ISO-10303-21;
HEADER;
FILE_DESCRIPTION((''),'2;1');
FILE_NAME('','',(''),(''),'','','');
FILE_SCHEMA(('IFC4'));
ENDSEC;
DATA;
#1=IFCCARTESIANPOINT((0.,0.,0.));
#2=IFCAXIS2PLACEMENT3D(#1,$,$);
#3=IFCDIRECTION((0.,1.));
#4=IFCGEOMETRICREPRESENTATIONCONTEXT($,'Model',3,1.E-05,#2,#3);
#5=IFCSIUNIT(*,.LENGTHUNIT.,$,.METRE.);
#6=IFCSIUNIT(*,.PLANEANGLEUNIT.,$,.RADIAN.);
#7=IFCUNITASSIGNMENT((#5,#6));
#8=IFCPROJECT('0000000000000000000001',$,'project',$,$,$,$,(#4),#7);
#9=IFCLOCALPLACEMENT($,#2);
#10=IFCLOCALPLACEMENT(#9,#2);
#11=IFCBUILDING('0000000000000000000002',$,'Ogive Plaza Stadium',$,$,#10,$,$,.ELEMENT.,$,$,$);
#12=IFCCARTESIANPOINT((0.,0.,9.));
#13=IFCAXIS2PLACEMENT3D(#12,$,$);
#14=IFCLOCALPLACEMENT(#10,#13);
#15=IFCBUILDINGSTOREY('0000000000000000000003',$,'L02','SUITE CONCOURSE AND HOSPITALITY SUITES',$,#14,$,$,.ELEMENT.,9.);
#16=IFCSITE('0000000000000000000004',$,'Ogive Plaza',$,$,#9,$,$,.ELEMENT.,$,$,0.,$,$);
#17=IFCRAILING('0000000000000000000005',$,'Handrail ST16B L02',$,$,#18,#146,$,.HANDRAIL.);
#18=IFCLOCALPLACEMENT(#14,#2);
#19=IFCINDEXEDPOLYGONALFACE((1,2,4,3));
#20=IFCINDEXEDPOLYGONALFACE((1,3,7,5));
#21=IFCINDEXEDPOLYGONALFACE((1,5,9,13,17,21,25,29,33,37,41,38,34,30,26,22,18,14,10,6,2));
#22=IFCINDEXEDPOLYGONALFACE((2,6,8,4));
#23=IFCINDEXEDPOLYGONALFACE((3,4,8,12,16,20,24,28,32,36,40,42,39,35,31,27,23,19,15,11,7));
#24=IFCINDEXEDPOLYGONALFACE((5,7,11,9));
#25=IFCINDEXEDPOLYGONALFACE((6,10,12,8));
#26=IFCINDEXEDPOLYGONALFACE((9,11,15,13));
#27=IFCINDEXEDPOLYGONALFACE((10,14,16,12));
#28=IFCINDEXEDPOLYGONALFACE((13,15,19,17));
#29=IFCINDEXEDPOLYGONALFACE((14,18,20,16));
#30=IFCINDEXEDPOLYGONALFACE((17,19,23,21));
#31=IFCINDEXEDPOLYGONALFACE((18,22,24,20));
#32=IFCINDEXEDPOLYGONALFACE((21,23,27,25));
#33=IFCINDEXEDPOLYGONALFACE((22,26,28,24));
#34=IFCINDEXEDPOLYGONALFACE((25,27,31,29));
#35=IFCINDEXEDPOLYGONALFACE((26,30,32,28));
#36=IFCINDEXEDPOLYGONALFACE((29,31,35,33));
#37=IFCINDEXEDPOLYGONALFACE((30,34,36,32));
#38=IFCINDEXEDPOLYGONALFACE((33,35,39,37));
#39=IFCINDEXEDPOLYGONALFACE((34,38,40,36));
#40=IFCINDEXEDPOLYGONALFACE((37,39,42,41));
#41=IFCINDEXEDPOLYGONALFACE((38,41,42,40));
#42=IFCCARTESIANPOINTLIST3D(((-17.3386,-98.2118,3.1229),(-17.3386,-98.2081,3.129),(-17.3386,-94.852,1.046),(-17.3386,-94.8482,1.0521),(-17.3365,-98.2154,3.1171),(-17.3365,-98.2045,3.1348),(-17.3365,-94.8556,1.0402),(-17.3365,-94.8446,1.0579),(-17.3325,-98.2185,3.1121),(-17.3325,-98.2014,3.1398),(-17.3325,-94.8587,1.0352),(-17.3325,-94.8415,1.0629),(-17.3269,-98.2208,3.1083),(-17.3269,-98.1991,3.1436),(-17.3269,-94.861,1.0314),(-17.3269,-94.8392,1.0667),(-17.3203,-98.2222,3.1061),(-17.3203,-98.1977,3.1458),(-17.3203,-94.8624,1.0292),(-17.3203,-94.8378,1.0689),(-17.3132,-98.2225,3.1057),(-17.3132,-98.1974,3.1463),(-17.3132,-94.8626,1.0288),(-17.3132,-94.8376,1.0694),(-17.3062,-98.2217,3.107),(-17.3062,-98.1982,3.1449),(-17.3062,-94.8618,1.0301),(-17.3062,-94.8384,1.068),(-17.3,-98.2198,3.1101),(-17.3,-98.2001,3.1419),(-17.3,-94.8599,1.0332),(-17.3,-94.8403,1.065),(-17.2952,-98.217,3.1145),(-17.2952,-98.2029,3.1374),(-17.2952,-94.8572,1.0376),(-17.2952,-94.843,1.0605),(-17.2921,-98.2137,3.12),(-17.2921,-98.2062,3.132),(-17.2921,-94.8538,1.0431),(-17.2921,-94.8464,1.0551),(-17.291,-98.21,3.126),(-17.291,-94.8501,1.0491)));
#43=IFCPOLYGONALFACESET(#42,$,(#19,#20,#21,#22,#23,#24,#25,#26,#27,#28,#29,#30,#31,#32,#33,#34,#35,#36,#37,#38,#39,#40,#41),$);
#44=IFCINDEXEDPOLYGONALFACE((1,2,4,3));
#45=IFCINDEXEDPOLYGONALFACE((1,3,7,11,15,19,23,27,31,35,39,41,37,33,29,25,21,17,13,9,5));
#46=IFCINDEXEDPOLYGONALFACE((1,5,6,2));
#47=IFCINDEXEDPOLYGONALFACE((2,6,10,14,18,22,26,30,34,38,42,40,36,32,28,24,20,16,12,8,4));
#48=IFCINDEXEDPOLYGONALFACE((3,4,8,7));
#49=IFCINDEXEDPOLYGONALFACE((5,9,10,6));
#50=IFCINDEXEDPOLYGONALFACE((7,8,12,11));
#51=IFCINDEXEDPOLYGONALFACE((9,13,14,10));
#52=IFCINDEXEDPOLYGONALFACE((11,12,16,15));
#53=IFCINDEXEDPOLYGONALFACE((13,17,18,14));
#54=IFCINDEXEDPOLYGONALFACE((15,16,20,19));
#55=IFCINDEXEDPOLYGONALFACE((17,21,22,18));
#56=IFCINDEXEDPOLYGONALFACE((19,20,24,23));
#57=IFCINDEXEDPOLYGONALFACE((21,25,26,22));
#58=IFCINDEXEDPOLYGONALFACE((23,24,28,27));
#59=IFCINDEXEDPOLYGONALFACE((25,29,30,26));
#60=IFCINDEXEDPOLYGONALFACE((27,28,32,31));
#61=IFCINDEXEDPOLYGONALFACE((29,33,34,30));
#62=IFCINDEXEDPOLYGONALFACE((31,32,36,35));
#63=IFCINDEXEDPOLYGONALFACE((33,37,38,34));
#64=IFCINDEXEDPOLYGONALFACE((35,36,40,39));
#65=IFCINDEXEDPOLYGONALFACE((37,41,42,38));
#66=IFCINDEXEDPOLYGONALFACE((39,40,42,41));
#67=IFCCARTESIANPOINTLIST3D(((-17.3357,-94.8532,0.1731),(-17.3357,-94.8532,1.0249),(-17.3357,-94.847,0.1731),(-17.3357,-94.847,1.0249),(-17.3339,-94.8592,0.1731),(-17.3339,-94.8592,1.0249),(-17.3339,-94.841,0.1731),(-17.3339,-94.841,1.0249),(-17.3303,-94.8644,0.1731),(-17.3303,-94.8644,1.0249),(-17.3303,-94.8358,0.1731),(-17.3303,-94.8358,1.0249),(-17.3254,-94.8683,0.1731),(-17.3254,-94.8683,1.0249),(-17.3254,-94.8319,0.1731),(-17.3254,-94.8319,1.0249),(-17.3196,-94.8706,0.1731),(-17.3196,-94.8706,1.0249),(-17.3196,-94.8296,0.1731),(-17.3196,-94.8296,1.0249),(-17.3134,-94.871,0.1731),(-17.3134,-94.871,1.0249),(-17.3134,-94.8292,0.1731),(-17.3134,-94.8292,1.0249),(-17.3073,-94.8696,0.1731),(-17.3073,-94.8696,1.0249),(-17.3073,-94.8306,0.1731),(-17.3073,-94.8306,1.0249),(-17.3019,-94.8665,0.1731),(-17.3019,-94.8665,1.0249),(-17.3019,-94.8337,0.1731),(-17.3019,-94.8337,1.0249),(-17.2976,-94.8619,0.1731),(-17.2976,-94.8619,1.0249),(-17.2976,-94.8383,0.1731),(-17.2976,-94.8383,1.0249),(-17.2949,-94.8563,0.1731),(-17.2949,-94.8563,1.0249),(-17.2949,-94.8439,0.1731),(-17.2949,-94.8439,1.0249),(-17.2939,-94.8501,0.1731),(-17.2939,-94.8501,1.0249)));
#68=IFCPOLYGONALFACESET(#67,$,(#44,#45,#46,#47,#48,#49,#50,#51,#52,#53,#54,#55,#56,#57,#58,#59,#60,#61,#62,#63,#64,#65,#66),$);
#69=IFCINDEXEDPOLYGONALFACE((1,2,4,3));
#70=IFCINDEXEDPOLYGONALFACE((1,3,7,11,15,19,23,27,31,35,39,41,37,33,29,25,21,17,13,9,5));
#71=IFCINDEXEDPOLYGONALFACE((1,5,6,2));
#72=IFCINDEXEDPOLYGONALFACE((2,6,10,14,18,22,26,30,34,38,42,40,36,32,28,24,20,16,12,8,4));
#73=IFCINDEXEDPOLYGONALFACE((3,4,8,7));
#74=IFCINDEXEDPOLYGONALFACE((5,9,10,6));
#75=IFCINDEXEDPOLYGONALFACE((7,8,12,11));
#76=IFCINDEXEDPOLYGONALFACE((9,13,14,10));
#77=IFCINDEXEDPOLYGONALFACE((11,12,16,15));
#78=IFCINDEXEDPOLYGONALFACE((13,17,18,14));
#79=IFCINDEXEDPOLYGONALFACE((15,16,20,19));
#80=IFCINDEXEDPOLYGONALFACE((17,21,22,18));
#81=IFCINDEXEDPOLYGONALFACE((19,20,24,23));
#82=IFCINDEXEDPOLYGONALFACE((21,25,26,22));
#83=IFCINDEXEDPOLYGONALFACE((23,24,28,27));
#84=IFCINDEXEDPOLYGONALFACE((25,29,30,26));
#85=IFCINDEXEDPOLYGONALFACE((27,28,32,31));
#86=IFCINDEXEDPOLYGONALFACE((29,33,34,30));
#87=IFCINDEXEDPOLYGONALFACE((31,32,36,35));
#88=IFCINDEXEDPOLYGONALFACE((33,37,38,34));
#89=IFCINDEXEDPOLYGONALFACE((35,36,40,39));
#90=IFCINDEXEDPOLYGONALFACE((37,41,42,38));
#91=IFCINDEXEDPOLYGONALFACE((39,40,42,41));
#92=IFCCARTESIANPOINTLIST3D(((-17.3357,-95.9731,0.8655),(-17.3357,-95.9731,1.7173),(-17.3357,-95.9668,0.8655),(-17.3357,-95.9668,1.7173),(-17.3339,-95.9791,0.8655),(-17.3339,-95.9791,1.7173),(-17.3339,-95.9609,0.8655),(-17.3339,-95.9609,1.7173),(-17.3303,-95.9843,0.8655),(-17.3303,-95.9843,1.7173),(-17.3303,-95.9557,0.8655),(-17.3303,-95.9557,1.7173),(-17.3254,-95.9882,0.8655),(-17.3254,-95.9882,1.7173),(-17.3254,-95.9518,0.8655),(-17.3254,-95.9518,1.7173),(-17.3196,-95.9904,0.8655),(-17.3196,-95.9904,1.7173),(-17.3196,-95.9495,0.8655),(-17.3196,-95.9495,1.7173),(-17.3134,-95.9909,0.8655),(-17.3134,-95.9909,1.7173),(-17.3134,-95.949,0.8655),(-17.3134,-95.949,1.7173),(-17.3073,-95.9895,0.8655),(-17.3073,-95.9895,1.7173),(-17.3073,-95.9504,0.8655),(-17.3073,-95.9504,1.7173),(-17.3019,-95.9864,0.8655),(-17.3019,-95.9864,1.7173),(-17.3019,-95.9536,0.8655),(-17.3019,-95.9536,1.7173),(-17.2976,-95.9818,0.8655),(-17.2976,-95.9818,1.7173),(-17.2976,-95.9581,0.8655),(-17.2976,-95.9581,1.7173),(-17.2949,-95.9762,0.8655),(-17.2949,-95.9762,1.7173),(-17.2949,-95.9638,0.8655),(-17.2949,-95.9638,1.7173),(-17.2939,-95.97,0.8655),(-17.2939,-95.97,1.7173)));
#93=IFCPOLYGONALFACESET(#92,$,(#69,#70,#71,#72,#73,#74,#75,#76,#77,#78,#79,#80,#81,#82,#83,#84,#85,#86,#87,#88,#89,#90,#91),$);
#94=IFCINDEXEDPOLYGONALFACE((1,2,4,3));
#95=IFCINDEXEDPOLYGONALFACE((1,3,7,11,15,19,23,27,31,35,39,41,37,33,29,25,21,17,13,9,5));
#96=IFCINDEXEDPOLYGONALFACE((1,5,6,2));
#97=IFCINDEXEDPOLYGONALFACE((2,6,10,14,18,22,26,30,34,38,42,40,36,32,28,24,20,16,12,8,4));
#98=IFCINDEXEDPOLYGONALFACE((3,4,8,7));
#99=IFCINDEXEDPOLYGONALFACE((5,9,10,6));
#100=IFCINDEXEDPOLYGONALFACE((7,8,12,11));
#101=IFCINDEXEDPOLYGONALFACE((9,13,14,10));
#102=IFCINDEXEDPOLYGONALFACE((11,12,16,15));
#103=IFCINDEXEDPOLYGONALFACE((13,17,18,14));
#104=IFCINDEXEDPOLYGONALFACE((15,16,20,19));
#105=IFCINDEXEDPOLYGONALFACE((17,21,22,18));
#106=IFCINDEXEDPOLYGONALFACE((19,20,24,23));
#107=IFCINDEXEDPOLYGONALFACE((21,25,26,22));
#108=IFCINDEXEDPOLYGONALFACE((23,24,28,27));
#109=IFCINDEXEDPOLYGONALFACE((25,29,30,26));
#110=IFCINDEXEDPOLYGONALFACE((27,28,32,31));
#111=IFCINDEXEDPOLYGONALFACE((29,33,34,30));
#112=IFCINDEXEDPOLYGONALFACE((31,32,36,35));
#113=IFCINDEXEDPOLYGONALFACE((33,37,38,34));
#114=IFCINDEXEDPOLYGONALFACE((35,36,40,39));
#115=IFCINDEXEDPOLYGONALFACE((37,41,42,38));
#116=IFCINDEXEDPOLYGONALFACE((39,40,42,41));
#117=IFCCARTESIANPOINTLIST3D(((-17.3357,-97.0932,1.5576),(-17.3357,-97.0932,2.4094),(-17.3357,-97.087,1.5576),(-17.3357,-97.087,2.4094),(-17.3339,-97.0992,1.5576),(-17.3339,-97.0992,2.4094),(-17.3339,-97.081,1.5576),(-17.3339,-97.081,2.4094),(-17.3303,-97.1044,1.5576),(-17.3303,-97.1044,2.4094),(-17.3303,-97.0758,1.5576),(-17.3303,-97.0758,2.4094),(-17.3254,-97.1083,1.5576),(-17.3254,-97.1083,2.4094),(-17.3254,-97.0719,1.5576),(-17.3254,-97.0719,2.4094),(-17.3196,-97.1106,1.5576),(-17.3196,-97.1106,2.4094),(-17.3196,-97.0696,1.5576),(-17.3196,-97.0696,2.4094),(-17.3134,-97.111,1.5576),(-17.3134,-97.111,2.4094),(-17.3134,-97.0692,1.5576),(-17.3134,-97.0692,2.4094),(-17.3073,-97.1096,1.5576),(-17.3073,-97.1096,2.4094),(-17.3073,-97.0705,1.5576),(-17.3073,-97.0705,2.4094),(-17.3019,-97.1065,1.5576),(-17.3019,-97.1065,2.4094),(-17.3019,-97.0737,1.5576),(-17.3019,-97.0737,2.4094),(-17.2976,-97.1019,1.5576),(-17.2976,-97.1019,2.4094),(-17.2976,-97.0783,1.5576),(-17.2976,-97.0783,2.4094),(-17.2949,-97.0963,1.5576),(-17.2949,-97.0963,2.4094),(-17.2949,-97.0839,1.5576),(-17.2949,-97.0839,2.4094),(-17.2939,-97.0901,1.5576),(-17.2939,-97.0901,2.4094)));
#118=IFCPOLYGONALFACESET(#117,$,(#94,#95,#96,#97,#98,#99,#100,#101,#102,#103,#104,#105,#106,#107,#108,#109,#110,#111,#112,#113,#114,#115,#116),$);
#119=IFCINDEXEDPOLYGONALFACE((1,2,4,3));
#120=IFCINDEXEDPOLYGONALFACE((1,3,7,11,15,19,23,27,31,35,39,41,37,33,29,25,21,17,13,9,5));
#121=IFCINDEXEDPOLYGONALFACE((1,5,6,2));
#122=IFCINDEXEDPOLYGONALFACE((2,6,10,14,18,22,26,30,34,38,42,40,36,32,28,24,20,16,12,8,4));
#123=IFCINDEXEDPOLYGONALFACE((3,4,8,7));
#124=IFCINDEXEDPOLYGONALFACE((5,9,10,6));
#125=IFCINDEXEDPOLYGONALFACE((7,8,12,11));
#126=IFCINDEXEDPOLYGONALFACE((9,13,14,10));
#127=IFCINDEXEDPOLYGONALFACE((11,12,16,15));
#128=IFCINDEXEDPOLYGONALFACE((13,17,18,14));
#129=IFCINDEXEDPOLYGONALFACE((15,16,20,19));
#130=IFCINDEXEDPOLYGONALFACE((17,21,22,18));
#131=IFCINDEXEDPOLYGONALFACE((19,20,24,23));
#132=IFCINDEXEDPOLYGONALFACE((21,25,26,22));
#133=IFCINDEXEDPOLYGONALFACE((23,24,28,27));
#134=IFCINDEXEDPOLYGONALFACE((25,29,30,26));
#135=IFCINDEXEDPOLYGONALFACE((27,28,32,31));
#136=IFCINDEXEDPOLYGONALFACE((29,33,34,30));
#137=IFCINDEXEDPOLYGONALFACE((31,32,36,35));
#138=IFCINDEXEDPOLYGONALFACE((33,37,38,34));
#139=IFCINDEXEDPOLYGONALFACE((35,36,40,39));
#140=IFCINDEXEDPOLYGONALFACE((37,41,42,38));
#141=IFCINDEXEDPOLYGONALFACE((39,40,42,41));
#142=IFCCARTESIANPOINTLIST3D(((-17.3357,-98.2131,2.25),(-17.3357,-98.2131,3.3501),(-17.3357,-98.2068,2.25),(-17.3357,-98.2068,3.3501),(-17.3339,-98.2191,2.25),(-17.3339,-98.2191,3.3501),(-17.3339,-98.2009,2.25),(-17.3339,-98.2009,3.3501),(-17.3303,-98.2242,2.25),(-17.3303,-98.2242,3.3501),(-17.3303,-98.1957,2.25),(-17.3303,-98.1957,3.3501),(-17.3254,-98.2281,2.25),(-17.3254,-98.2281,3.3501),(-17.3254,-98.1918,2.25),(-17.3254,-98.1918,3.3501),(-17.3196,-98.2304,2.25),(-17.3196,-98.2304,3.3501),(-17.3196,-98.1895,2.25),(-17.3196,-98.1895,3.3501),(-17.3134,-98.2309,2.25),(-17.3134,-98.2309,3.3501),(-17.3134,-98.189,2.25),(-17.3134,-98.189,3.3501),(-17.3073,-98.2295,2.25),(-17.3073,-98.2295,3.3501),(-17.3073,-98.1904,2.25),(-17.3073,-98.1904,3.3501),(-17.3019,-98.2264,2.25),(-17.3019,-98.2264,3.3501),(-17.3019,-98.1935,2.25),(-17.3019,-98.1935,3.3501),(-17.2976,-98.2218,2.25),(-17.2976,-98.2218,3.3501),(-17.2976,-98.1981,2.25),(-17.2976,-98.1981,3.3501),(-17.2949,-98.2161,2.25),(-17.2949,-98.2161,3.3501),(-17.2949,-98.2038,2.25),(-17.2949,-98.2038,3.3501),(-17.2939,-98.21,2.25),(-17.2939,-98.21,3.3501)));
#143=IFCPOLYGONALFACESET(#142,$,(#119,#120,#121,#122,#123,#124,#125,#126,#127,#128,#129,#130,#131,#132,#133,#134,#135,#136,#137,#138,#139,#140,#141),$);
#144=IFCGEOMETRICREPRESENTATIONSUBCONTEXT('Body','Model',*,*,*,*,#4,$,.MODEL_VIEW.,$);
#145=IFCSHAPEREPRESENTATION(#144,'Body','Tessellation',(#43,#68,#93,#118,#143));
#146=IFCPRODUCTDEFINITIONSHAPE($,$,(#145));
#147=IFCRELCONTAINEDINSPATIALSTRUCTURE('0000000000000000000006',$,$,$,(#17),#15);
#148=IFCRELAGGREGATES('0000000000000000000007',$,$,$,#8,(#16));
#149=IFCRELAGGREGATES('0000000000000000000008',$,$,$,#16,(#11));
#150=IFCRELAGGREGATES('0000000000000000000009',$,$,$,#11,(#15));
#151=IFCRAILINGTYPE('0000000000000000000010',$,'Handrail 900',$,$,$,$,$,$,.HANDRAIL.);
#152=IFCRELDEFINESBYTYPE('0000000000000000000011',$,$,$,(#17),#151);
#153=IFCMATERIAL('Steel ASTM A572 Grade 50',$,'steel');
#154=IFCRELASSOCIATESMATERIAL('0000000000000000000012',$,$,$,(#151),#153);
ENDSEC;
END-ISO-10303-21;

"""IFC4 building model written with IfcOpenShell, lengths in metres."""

from ifc_helpers import new_model, si_unit, direction, frame, origin, origin_2d, place, context, subcontext, project, spatial, circle, extrude, material, type_object, element, save


model = new_model("IFC4")

# Units and contexts
model_context = context("Model", 3, precision=1e-05, world=origin(), true_north=direction((0.0, 1.0)))
body_context = subcontext(model_context, "Body", "Model", "MODEL_VIEW")
ifc_project = project(units=[si_unit("LENGTHUNIT", "METRE"), si_unit("PLANEANGLEUNIT", "RADIAN")], contexts=[model_context])

# Site, building, storey
site_placement = place(None, origin())
site = spatial("IfcSite", under=ifc_project, at=site_placement, Name="Ogive Plaza", CompositionType="ELEMENT", RefElevation=0.0)
building_placement = place(site_placement, origin())
building = spatial("IfcBuilding", under=site, at=building_placement, Name="Ogive Plaza Stadium", CompositionType="ELEMENT")
storey_placement = place(building_placement, frame((0.0, 0.0, 9.0)))
storey = spatial("IfcBuildingStorey", under=building, at=storey_placement, Name="L02", Description="SUITE CONCOURSE AND HOSPITALITY SUITES", CompositionType="ELEMENT", Elevation=9.0)

# Railing
ifc_material_1 = material(Name="Steel ASTM A572 Grade 50", Category="steel")
railing_type_1 = type_object("IfcRailingType", Name="Handrail 900", PredefinedType="HANDRAIL", material=ifc_material_1)
for number, where, name in (
    (1, (-17.3149, -94.8501, 0.1731), "Handrail ST16B L02"),
):
    element("IfcRailing", number, at=place(storey_placement, frame(where)), inside=storey, type_object=railing_type_1, Name=name, PredefinedType="HANDRAIL", context=body_context, shape_type="SweptSolid", body=[
        extrude(circle(Radius=0.0239, at=origin_2d()), frame((0.0, 0.0, 0.876), z_axis=(0.0, -0.850606, 0.525803), x_axis=(1.0, 0.0, 0.0)), (0.0, 0.0, 1.0), 3.95),
        extrude(circle(Radius=0.021, at=origin_2d()), origin(), (0.0, 0.0, 1.0), 0.8518),
        extrude(circle(Radius=0.021, at=origin_2d()), frame((0.0, -1.1199, 0.6924)), (0.0, 0.0, 1.0), 0.8518),
        extrude(circle(Radius=0.021, at=origin_2d()), frame((0.0, -2.24, 1.3845)), (0.0, 0.0, 1.0), 0.8518),
        extrude(circle(Radius=0.021, at=origin_2d()), frame((0.0, -3.3599, 2.0769)), (0.0, 0.0, 1.0), 1.1001),
    ])

save(model, "model.ifc")
